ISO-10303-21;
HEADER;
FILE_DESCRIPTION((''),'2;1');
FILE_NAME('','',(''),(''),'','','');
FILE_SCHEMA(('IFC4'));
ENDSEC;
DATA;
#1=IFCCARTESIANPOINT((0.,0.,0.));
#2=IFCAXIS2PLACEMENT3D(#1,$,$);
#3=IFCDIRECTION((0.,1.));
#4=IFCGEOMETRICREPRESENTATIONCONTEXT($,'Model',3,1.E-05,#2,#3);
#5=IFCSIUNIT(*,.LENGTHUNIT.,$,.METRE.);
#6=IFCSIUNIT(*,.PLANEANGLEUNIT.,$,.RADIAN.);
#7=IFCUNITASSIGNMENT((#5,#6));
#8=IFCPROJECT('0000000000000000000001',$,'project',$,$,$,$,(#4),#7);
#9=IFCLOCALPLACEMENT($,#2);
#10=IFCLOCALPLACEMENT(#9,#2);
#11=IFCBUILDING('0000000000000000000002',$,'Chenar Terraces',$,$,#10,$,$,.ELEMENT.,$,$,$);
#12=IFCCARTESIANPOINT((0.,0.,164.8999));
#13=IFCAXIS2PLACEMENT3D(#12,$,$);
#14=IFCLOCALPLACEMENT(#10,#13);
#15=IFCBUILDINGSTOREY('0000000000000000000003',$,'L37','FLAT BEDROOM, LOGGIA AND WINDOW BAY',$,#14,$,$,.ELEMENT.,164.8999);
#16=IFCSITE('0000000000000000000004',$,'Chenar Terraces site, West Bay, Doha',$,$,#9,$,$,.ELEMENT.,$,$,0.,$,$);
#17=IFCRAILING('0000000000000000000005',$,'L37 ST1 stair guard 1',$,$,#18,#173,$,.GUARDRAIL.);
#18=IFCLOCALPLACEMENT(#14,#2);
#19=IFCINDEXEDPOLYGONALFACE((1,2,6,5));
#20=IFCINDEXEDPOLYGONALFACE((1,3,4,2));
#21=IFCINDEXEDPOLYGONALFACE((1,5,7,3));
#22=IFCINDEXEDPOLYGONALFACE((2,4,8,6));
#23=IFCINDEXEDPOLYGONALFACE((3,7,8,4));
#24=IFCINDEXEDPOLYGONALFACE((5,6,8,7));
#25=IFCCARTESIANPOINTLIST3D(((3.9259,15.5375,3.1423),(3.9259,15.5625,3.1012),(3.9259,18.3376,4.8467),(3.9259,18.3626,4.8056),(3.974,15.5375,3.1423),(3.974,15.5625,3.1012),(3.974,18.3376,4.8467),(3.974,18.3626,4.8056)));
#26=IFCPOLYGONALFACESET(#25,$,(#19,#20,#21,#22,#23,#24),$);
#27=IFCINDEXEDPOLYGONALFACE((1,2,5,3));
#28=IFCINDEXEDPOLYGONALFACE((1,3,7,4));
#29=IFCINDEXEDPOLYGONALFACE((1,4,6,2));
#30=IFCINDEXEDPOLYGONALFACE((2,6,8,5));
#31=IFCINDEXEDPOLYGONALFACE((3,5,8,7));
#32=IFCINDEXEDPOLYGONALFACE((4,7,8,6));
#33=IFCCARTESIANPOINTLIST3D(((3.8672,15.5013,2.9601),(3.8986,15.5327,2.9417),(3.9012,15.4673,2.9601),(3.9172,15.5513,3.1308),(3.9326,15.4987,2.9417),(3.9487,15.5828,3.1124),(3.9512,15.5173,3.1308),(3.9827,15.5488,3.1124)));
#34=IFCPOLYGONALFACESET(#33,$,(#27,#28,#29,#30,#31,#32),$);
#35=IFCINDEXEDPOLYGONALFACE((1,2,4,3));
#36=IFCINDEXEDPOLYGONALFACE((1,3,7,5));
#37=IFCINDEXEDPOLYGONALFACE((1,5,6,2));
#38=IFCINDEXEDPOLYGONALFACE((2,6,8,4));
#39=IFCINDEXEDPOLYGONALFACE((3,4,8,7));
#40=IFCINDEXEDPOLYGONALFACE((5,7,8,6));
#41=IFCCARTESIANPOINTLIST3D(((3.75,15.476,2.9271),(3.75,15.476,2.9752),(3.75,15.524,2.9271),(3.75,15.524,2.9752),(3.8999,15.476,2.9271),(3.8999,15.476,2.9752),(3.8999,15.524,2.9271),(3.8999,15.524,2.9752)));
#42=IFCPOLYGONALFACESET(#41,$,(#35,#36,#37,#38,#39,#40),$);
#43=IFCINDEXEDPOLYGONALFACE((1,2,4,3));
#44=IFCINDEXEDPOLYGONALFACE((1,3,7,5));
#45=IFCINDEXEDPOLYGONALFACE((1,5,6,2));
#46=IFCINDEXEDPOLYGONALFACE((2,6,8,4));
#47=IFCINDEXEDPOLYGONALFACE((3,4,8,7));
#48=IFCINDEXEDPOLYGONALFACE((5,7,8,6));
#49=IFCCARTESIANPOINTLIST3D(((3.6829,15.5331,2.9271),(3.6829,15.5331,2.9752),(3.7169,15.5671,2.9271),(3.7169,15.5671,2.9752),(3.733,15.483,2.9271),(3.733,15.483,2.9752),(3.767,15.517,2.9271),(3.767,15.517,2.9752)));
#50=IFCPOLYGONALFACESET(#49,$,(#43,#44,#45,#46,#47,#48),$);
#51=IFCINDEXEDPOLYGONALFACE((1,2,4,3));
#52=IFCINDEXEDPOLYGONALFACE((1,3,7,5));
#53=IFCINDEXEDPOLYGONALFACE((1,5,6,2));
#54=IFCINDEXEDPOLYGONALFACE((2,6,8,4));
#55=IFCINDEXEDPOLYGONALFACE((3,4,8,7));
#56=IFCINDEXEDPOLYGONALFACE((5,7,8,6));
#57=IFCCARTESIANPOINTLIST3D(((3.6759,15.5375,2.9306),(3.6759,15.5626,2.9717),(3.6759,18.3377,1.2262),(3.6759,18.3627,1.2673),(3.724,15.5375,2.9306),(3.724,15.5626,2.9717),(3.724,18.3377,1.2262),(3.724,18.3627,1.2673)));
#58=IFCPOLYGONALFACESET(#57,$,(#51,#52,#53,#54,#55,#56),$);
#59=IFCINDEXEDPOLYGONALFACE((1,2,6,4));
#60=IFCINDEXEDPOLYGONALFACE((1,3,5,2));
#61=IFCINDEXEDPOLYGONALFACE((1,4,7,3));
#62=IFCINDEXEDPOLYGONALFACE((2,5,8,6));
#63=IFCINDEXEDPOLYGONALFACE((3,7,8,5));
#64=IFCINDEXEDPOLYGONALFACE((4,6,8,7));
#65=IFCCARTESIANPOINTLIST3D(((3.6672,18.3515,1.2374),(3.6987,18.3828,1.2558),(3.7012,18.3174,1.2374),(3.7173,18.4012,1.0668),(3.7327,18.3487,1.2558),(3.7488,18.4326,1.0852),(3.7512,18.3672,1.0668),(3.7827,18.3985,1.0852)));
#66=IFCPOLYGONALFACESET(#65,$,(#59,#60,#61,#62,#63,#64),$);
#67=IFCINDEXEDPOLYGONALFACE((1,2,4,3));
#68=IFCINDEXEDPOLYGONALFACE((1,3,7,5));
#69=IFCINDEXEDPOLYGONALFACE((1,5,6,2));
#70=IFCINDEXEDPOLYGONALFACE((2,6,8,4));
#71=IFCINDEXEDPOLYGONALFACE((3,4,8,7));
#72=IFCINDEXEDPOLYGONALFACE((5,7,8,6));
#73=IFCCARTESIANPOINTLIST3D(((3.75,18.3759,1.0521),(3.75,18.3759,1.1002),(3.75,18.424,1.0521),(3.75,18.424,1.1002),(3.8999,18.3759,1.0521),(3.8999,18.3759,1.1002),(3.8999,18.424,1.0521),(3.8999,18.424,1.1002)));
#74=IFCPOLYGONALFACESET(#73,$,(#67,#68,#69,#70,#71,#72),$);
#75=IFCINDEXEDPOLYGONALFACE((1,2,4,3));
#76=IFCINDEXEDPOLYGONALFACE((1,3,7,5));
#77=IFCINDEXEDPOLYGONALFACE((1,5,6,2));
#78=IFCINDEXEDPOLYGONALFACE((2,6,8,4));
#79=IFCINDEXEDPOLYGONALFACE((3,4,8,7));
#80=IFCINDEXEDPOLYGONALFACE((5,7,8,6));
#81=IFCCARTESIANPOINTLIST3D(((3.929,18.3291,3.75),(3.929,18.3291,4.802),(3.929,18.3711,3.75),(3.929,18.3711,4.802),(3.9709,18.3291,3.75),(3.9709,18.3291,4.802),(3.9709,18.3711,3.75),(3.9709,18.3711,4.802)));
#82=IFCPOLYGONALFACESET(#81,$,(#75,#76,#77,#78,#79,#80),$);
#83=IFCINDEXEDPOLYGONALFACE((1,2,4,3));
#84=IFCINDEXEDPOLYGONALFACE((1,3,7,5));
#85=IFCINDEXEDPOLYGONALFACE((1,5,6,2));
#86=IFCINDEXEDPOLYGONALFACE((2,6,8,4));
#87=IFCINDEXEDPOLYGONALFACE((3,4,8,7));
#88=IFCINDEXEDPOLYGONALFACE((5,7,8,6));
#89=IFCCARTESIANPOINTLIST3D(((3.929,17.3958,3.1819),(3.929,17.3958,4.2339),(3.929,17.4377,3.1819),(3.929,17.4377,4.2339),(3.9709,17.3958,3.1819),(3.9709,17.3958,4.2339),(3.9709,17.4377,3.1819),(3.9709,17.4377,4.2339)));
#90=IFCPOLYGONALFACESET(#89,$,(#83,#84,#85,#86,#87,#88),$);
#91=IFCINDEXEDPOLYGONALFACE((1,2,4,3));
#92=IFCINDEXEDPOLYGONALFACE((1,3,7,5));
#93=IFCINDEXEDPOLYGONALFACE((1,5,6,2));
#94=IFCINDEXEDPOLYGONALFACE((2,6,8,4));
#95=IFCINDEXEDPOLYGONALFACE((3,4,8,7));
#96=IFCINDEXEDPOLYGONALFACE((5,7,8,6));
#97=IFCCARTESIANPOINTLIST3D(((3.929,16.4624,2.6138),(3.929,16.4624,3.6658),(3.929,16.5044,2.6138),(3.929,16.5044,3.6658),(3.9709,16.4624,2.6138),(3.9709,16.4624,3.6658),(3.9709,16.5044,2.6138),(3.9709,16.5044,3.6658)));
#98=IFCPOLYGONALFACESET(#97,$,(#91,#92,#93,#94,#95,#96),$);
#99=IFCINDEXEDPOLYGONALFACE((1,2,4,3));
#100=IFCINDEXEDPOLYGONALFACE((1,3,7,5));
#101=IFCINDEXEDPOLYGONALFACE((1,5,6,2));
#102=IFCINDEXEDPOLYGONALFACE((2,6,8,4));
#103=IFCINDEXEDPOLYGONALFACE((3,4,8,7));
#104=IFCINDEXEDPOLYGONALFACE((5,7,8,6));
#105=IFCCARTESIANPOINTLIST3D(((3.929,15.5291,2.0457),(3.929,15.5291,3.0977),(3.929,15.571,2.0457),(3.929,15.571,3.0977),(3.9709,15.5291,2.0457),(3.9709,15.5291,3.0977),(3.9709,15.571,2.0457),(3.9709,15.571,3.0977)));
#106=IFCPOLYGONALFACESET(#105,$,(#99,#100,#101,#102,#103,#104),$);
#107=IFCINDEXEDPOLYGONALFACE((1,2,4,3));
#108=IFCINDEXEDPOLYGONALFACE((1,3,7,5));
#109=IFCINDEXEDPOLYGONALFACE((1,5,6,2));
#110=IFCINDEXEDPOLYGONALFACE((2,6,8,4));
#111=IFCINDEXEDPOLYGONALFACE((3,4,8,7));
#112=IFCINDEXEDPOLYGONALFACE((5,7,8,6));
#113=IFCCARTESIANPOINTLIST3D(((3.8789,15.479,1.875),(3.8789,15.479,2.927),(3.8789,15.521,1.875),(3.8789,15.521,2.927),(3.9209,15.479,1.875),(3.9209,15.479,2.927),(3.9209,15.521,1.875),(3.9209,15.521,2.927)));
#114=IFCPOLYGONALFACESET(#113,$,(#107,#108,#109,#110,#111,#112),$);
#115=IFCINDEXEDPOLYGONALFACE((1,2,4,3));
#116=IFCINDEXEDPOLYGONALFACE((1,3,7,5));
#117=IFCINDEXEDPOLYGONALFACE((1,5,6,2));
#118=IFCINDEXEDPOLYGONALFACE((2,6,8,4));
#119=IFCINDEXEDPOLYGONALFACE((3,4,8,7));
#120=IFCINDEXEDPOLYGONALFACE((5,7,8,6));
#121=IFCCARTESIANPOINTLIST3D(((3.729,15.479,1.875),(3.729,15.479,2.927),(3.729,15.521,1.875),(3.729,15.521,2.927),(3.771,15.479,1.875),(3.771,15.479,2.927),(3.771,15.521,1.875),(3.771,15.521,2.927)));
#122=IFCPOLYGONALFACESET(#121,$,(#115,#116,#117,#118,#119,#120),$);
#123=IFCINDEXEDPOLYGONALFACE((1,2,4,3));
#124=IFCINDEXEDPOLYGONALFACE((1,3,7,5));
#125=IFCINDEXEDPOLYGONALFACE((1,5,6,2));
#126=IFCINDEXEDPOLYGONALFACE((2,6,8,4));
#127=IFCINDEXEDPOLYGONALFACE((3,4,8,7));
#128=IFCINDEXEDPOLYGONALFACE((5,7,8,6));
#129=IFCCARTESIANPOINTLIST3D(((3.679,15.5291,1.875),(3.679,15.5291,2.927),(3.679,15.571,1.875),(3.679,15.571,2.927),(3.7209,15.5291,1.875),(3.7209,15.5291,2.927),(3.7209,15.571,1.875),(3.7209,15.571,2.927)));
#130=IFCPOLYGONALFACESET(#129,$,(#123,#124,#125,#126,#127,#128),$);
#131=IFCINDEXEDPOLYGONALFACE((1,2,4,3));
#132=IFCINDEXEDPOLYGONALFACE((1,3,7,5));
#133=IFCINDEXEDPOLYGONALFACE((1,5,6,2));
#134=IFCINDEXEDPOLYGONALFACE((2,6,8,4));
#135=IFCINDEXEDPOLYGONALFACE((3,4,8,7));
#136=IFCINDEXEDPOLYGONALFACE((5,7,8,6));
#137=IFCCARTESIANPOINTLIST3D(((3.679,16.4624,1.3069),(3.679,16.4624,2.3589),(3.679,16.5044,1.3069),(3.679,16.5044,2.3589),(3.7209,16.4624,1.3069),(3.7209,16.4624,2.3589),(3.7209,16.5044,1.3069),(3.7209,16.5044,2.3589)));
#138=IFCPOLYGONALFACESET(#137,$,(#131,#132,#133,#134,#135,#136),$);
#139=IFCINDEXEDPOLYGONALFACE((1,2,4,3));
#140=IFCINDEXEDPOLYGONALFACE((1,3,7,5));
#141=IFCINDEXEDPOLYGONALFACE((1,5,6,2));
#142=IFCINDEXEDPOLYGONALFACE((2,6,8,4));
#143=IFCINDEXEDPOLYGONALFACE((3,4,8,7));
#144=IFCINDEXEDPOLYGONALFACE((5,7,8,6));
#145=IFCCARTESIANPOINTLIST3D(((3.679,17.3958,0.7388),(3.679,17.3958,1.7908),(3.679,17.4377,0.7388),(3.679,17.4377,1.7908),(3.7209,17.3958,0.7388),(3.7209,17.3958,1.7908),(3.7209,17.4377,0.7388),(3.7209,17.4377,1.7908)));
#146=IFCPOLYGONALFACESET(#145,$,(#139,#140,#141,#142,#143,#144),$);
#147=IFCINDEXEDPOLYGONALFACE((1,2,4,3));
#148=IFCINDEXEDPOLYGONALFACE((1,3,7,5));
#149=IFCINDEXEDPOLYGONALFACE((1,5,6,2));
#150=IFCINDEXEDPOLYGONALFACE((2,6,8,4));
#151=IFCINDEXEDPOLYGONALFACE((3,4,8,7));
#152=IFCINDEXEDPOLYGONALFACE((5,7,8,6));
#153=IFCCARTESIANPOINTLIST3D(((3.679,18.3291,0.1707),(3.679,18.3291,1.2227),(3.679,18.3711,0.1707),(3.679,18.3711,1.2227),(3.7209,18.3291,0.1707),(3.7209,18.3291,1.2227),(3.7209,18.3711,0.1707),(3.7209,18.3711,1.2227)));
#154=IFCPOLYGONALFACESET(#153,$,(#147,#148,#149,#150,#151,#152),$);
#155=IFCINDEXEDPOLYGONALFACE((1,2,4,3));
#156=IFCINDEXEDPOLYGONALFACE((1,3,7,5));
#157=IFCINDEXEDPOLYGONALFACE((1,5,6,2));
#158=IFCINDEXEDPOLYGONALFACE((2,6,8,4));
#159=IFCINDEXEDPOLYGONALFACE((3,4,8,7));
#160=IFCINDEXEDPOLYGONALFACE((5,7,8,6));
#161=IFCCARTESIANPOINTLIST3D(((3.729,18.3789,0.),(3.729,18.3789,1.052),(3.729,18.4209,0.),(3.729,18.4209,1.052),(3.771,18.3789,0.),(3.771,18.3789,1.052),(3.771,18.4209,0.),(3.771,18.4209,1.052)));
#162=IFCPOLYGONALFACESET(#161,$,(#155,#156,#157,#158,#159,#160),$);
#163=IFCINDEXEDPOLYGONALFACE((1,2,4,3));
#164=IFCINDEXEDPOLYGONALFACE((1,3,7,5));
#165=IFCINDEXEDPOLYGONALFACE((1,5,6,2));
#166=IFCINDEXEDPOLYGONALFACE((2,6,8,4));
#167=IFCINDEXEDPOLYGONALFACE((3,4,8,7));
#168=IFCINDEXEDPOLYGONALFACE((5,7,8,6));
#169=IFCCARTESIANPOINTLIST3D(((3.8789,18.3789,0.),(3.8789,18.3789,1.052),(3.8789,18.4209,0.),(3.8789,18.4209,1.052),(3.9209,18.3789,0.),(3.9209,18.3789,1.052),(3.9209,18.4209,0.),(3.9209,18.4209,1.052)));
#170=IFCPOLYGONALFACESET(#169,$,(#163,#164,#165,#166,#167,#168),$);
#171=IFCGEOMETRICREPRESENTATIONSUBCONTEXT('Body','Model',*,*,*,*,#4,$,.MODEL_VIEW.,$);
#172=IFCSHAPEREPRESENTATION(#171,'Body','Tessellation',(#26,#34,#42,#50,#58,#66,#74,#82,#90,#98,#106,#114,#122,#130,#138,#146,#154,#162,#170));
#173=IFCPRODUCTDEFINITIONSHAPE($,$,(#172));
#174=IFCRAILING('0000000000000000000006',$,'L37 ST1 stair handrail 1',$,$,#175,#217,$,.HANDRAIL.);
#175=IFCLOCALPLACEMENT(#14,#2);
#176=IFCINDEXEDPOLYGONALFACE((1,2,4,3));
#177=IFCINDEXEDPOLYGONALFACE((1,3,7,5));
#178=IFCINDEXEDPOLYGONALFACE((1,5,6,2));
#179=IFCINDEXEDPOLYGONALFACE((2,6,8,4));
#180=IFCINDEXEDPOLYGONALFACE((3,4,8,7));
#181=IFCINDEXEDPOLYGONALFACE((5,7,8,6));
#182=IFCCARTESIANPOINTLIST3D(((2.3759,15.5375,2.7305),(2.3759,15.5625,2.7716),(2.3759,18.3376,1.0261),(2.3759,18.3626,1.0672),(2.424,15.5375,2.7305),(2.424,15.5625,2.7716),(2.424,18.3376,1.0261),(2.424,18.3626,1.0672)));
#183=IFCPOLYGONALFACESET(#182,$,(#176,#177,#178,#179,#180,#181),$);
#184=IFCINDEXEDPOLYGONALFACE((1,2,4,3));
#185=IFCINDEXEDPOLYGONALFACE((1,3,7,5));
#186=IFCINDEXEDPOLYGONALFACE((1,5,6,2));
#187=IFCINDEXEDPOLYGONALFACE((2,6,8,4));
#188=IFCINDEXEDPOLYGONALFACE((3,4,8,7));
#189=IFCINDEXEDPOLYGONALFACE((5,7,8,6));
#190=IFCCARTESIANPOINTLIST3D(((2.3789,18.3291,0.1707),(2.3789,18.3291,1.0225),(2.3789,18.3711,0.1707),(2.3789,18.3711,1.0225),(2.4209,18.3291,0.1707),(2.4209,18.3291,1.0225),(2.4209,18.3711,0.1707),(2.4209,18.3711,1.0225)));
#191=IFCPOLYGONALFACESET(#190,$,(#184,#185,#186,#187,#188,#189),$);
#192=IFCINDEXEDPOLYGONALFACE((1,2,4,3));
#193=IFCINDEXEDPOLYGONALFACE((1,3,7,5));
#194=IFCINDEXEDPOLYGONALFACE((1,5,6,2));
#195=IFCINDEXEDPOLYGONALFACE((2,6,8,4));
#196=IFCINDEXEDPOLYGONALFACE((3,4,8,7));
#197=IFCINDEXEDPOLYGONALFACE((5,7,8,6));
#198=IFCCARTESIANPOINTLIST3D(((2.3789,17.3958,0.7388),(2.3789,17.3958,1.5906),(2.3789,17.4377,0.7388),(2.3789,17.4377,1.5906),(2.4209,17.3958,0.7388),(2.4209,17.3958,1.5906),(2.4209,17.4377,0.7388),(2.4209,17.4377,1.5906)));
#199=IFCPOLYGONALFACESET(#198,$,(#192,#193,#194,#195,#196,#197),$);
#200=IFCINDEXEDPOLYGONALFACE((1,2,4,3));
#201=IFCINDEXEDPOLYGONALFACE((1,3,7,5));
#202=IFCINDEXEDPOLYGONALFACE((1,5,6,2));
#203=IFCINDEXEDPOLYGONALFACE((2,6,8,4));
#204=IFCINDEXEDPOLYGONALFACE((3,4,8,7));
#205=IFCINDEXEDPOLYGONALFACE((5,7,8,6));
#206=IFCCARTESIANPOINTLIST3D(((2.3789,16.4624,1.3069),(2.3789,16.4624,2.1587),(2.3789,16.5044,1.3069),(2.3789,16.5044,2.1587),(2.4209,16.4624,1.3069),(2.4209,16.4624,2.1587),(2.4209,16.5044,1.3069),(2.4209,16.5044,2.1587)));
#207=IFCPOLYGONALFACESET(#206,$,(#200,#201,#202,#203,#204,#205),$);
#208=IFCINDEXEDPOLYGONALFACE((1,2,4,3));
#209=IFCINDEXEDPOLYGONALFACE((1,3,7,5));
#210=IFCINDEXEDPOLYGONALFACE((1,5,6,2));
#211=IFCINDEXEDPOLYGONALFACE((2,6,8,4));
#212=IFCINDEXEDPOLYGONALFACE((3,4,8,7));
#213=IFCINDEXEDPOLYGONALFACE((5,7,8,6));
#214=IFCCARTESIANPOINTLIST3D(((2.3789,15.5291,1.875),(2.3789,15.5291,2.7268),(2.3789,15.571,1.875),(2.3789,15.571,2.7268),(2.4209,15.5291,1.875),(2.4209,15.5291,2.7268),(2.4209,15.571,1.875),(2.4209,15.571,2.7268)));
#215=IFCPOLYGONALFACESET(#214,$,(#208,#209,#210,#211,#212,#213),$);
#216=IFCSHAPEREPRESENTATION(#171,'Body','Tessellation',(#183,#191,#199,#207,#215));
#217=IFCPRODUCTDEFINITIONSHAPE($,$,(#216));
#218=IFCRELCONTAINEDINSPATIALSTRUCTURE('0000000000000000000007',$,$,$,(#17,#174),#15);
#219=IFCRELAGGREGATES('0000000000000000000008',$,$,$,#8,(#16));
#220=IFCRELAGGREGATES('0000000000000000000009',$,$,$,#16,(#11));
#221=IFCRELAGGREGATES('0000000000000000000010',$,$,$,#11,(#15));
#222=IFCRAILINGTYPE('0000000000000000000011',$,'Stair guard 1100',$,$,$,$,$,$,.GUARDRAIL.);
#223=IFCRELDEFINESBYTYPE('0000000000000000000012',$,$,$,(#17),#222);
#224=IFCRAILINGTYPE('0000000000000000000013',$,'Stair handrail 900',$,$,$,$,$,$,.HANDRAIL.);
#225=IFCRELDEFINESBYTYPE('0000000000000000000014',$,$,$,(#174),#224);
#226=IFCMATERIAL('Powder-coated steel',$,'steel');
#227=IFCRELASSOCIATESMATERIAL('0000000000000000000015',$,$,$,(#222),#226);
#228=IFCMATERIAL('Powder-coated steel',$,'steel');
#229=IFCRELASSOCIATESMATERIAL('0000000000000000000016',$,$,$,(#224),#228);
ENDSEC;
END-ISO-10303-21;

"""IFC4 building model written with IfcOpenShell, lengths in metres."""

from ifc_helpers import new_model, si_unit, direction, frame, origin, origin_2d, place, context, subcontext, project, spatial, rectangle, extrude, material, type_object, element, save


model = new_model("IFC4")

# Units and contexts
model_context = context("Model", 3, precision=1e-05, world=origin(), true_north=direction((0.0, 1.0)))
body_context = subcontext(model_context, "Body", "Model", "MODEL_VIEW")
ifc_project = project(units=[si_unit("LENGTHUNIT", "METRE"), si_unit("PLANEANGLEUNIT", "RADIAN")], contexts=[model_context])

# Site, building, storey
site_placement = place(None, origin())
site = spatial("IfcSite", under=ifc_project, at=site_placement, Name="Chenar Terraces site, West Bay, Doha", CompositionType="ELEMENT", RefElevation=0.0)
building_placement = place(site_placement, origin())
building = spatial("IfcBuilding", under=site, at=building_placement, Name="Chenar Terraces", CompositionType="ELEMENT")
storey_placement = place(building_placement, frame((0.0, 0.0, 164.8999)))
storey = spatial("IfcBuildingStorey", under=building, at=storey_placement, Name="L37", Description="FLAT BEDROOM, LOGGIA AND WINDOW BAY", CompositionType="ELEMENT", Elevation=164.8999)

# Railings
ifc_material_1 = material(Name="Powder-coated steel", Category="steel")
railing_type_1 = type_object("IfcRailingType", Name="Stair guard 1100", PredefinedType="GUARDRAIL", material=ifc_material_1)
railing_1_placement = place(storey_placement, frame((3.95, 18.3501, 3.75)))
element("IfcRailing", 1, at=railing_1_placement, inside=storey, type_object=railing_type_1, Name="L37 ST1 stair guard 1", PredefinedType="GUARDRAIL", context=body_context, shape_type="SweptSolid", body=[
    extrude(rectangle(XDim=0.0481, YDim=0.0481, at=origin_2d()), frame((0.0, 0.0, 1.0762), z_axis=(0.0, -0.854203, -0.51994), x_axis=(1.0, 0.0, 0.0)), (0.0, 0.0, 1.0), 3.2781),
    extrude(rectangle(XDim=0.0481, YDim=0.0481, at=origin_2d()), frame((0.0, -2.8, -0.6284), z_axis=(-0.2709, -0.2709, -0.923703), x_axis=(0.707107, -0.707107, 0.0)), (0.0, 0.0, 1.0), 0.1848),
    extrude(rectangle(XDim=0.0481, YDim=0.0481, at=origin_2d()), frame((-0.05, -2.8501, -0.7988), z_axis=(-1.0, 0.0, 0.0), x_axis=(0.0, -1.0, 0.0)), (0.0, 0.0, 1.0), 0.1499),
    extrude(rectangle(XDim=0.0481, YDim=0.0481, at=origin_2d()), frame((-0.2, -2.8501, -0.7988), z_axis=(-0.707107, 0.707107, 0.0), x_axis=(-0.707107, -0.707107, 0.0)), (0.0, 0.0, 1.0), 0.0708),
    extrude(rectangle(XDim=0.0481, YDim=0.0481, at=origin_2d()), frame((-0.25, -2.8, -0.7988), z_axis=(0.0, 0.854203, -0.51994), x_axis=(-1.0, 0.0, 0.0)), (0.0, 0.0, 1.0), 3.2781),
    extrude(rectangle(XDim=0.0481, YDim=0.0481, at=origin_2d()), frame((-0.25, 0.0, -2.5034), z_axis=(0.270997, 0.269675, -0.924033), x_axis=(-0.705376, 0.708834, 0.0)), (0.0, 0.0, 1.0), 0.1846),
    extrude(rectangle(XDim=0.0481, YDim=0.0481, at=origin_2d()), frame((-0.2, 0.0498, -2.6738), z_axis=(1.0, 0.0, 0.0), x_axis=(0.0, 1.0, 0.0)), (0.0, 0.0, 1.0), 0.1499),
    extrude(rectangle(XDim=0.042, YDim=0.042, at=origin_2d()), origin(), (0.0, 0.0, 1.0), 1.052),
    extrude(rectangle(XDim=0.042, YDim=0.042, at=origin_2d()), frame((0.0, -0.9333, -0.5681)), (0.0, 0.0, 1.0), 1.052),
    extrude(rectangle(XDim=0.042, YDim=0.042, at=origin_2d()), frame((0.0, -1.8667, -1.1362)), (0.0, 0.0, 1.0), 1.052),
    extrude(rectangle(XDim=0.042, YDim=0.042, at=origin_2d()), frame((0.0, -2.8, -1.7043)), (0.0, 0.0, 1.0), 1.052),
    extrude(rectangle(XDim=0.042, YDim=0.042, at=origin_2d()), frame((-0.05, -2.8501, -1.875)), (0.0, 0.0, 1.0), 1.052),
    extrude(rectangle(XDim=0.042, YDim=0.042, at=origin_2d()), frame((-0.2, -2.8501, -1.875)), (0.0, 0.0, 1.0), 1.052),
    extrude(rectangle(XDim=0.042, YDim=0.042, at=origin_2d()), frame((-0.25, -2.8, -1.875)), (0.0, 0.0, 1.0), 1.052),
    extrude(rectangle(XDim=0.042, YDim=0.042, at=origin_2d()), frame((-0.25, -1.8667, -2.4431)), (0.0, 0.0, 1.0), 1.052),
    extrude(rectangle(XDim=0.042, YDim=0.042, at=origin_2d()), frame((-0.25, -0.9333, -3.0112)), (0.0, 0.0, 1.0), 1.052),
    extrude(rectangle(XDim=0.042, YDim=0.042, at=origin_2d()), frame((-0.25, 0.0, -3.5793)), (0.0, 0.0, 1.0), 1.052),
    extrude(rectangle(XDim=0.042, YDim=0.042, at=origin_2d()), frame((-0.2, 0.0498, -3.75)), (0.0, 0.0, 1.0), 1.052),
    extrude(rectangle(XDim=0.042, YDim=0.042, at=origin_2d()), frame((-0.05, 0.0498, -3.75)), (0.0, 0.0, 1.0), 1.052),
])
ifc_material_2 = material(Name="Powder-coated steel", Category="steel")
railing_type_2 = type_object("IfcRailingType", Name="Stair handrail 900", PredefinedType="HANDRAIL", material=ifc_material_2)
railing_2_placement = place(storey_placement, frame((2.3999, 18.3501, 0.1707)))
element("IfcRailing", 2, at=railing_2_placement, inside=storey, type_object=railing_type_2, Name="L37 ST1 stair handrail 1", PredefinedType="HANDRAIL", context=body_context, shape_type="SweptSolid", body=[
    extrude(rectangle(XDim=0.0481, YDim=0.0481, at=origin_2d()), frame((0.0, 0.0, 0.876), z_axis=(0.0, -0.854203, 0.51994), x_axis=(1.0, 0.0, 0.0)), (0.0, 0.0, 1.0), 3.2781),
    extrude(rectangle(XDim=0.042, YDim=0.042, at=origin_2d()), origin(), (0.0, 0.0, 1.0), 0.8518),
    extrude(rectangle(XDim=0.042, YDim=0.042, at=origin_2d()), frame((0.0, -0.9333, 0.5681)), (0.0, 0.0, 1.0), 0.8518),
    extrude(rectangle(XDim=0.042, YDim=0.042, at=origin_2d()), frame((0.0, -1.8667, 1.1362)), (0.0, 0.0, 1.0), 0.8518),
    extrude(rectangle(XDim=0.042, YDim=0.042, at=origin_2d()), frame((0.0, -2.8, 1.7043)), (0.0, 0.0, 1.0), 0.8518),
])

save(model, "model.ifc")
